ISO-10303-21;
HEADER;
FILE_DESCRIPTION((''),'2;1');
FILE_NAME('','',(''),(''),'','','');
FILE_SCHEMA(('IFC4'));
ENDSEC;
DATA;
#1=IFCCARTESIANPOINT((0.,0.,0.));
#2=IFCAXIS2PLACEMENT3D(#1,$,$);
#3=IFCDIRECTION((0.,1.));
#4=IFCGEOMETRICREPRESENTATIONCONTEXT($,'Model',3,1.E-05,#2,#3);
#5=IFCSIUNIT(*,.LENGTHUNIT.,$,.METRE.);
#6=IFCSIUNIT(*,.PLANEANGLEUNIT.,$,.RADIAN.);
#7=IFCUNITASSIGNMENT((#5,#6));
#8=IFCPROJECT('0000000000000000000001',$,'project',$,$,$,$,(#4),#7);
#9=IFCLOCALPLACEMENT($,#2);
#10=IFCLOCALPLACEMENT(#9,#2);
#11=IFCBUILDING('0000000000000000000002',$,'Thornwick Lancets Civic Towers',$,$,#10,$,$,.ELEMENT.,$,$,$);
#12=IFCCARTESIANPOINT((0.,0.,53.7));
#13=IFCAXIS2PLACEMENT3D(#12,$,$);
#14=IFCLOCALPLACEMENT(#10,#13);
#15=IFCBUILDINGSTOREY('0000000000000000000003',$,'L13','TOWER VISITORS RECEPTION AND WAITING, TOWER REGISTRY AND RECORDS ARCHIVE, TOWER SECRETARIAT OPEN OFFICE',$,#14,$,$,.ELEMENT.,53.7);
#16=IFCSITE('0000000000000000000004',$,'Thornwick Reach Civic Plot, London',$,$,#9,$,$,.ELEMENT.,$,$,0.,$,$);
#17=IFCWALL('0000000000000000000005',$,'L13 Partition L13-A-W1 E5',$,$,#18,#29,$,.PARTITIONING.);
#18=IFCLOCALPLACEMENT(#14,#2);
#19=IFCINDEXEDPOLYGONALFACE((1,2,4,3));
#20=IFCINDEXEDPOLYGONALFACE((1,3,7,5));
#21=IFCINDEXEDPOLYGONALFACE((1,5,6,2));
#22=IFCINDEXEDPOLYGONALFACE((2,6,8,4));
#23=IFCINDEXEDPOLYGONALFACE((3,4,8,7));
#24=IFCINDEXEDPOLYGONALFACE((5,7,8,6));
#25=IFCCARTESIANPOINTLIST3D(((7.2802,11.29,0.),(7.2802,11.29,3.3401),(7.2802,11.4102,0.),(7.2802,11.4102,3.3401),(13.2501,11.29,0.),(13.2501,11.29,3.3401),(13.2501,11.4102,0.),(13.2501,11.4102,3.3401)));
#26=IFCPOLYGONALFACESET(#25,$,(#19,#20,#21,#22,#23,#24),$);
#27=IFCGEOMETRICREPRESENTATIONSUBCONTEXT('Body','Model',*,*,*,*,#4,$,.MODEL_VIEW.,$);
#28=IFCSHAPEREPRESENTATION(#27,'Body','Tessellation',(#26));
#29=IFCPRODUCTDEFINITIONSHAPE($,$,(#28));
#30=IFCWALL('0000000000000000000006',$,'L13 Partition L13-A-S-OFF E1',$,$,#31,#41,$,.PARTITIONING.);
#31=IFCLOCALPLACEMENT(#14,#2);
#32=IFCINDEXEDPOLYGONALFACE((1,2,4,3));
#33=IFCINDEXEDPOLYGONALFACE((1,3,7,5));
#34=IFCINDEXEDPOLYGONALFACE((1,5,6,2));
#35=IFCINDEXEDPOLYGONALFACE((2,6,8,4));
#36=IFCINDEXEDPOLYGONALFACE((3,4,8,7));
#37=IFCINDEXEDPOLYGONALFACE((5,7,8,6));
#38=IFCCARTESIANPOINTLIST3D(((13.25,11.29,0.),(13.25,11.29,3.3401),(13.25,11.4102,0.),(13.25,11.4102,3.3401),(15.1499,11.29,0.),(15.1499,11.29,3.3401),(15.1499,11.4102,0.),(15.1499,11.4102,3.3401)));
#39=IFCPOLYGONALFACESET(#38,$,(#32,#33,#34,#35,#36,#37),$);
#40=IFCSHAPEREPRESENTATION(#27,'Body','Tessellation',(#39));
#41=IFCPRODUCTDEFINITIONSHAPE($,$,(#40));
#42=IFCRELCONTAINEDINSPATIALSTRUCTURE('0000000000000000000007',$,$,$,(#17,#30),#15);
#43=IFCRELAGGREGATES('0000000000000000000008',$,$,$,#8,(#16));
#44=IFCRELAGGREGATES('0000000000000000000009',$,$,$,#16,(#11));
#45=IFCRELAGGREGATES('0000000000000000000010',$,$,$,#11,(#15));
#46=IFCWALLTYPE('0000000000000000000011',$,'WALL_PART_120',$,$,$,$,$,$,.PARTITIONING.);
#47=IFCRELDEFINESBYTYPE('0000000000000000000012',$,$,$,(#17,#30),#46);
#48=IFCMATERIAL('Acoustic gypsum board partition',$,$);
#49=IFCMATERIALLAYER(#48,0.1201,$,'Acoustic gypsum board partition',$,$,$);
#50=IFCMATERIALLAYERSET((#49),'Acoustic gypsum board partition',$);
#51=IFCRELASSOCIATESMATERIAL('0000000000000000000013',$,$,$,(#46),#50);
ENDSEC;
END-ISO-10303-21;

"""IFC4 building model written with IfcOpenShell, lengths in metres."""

from ifc_helpers import new_model, si_unit, direction, frame, frame_2d, origin, place, context, subcontext, project, spatial, rectangle, extrude, material, layer, layer_set, type_object, element, save


model = new_model("IFC4")

# Units and contexts
model_context = context("Model", 3, precision=1e-05, world=origin(), true_north=direction((0.0, 1.0)))
body_context = subcontext(model_context, "Body", "Model", "MODEL_VIEW")
ifc_project = project(units=[si_unit("LENGTHUNIT", "METRE"), si_unit("PLANEANGLEUNIT", "RADIAN")], contexts=[model_context])

# Site, building, storey
site_placement = place(None, origin())
site = spatial("IfcSite", under=ifc_project, at=site_placement, Name="Thornwick Reach Civic Plot, London", CompositionType="ELEMENT", RefElevation=0.0)
building_placement = place(site_placement, origin())
building = spatial("IfcBuilding", under=site, at=building_placement, Name="Thornwick Lancets Civic Towers", CompositionType="ELEMENT")
storey_placement = place(building_placement, frame((0.0, 0.0, 53.7)))
storey = spatial("IfcBuildingStorey", under=building, at=storey_placement, Name="L13", Description="TOWER VISITORS RECEPTION AND WAITING, TOWER REGISTRY AND RECORDS ARCHIVE, TOWER SECRETARIAT OPEN OFFICE", CompositionType="ELEMENT", Elevation=53.7)

# Shared definitions
ifc_material_1 = material(Name="Acoustic gypsum board partition")
ifc_layer_1 = layer(ifc_material_1, 0.1201, Name="Acoustic gypsum board partition")
ifc_layer_set_1 = layer_set([ifc_layer_1], Name="Acoustic gypsum board partition")
wall_type = type_object("IfcWallType", Name="WALL_PART_120", PredefinedType="PARTITIONING", material=ifc_layer_set_1)

# Walls
wall_1_placement = place(storey_placement, frame((13.25, 11.3501, 0.0), z_axis=(0.0, 0.0, 1.0), x_axis=(-1.0, 0.0, 0.0)))
element("IfcWall", 1, at=wall_1_placement, inside=storey, type_object=wall_type, Name="L13 Partition L13-A-W1 E5", PredefinedType="PARTITIONING", context=body_context, shape_type="SweptSolid", body=[
    extrude(rectangle(XDim=5.97, YDim=0.1201, at=frame_2d((2.9849, 0.0))), origin(), (0.0, 0.0, 1.0), 3.3401),
])
wall_2_placement = place(storey_placement, frame((13.25, 11.3501, 0.0), z_axis=(0.0, 0.0, 1.0), x_axis=(1.0, 0.0, 0.0)))
element("IfcWall", 2, at=wall_2_placement, inside=storey, type_object=wall_type, Name="L13 Partition L13-A-S-OFF E1", PredefinedType="PARTITIONING", context=body_context, shape_type="SweptSolid", body=[
    extrude(rectangle(XDim=1.8999, YDim=0.1201, at=frame_2d((0.95, 0.0))), origin(), (0.0, 0.0, 1.0), 3.3401),
])

save(model, "model.ifc")
